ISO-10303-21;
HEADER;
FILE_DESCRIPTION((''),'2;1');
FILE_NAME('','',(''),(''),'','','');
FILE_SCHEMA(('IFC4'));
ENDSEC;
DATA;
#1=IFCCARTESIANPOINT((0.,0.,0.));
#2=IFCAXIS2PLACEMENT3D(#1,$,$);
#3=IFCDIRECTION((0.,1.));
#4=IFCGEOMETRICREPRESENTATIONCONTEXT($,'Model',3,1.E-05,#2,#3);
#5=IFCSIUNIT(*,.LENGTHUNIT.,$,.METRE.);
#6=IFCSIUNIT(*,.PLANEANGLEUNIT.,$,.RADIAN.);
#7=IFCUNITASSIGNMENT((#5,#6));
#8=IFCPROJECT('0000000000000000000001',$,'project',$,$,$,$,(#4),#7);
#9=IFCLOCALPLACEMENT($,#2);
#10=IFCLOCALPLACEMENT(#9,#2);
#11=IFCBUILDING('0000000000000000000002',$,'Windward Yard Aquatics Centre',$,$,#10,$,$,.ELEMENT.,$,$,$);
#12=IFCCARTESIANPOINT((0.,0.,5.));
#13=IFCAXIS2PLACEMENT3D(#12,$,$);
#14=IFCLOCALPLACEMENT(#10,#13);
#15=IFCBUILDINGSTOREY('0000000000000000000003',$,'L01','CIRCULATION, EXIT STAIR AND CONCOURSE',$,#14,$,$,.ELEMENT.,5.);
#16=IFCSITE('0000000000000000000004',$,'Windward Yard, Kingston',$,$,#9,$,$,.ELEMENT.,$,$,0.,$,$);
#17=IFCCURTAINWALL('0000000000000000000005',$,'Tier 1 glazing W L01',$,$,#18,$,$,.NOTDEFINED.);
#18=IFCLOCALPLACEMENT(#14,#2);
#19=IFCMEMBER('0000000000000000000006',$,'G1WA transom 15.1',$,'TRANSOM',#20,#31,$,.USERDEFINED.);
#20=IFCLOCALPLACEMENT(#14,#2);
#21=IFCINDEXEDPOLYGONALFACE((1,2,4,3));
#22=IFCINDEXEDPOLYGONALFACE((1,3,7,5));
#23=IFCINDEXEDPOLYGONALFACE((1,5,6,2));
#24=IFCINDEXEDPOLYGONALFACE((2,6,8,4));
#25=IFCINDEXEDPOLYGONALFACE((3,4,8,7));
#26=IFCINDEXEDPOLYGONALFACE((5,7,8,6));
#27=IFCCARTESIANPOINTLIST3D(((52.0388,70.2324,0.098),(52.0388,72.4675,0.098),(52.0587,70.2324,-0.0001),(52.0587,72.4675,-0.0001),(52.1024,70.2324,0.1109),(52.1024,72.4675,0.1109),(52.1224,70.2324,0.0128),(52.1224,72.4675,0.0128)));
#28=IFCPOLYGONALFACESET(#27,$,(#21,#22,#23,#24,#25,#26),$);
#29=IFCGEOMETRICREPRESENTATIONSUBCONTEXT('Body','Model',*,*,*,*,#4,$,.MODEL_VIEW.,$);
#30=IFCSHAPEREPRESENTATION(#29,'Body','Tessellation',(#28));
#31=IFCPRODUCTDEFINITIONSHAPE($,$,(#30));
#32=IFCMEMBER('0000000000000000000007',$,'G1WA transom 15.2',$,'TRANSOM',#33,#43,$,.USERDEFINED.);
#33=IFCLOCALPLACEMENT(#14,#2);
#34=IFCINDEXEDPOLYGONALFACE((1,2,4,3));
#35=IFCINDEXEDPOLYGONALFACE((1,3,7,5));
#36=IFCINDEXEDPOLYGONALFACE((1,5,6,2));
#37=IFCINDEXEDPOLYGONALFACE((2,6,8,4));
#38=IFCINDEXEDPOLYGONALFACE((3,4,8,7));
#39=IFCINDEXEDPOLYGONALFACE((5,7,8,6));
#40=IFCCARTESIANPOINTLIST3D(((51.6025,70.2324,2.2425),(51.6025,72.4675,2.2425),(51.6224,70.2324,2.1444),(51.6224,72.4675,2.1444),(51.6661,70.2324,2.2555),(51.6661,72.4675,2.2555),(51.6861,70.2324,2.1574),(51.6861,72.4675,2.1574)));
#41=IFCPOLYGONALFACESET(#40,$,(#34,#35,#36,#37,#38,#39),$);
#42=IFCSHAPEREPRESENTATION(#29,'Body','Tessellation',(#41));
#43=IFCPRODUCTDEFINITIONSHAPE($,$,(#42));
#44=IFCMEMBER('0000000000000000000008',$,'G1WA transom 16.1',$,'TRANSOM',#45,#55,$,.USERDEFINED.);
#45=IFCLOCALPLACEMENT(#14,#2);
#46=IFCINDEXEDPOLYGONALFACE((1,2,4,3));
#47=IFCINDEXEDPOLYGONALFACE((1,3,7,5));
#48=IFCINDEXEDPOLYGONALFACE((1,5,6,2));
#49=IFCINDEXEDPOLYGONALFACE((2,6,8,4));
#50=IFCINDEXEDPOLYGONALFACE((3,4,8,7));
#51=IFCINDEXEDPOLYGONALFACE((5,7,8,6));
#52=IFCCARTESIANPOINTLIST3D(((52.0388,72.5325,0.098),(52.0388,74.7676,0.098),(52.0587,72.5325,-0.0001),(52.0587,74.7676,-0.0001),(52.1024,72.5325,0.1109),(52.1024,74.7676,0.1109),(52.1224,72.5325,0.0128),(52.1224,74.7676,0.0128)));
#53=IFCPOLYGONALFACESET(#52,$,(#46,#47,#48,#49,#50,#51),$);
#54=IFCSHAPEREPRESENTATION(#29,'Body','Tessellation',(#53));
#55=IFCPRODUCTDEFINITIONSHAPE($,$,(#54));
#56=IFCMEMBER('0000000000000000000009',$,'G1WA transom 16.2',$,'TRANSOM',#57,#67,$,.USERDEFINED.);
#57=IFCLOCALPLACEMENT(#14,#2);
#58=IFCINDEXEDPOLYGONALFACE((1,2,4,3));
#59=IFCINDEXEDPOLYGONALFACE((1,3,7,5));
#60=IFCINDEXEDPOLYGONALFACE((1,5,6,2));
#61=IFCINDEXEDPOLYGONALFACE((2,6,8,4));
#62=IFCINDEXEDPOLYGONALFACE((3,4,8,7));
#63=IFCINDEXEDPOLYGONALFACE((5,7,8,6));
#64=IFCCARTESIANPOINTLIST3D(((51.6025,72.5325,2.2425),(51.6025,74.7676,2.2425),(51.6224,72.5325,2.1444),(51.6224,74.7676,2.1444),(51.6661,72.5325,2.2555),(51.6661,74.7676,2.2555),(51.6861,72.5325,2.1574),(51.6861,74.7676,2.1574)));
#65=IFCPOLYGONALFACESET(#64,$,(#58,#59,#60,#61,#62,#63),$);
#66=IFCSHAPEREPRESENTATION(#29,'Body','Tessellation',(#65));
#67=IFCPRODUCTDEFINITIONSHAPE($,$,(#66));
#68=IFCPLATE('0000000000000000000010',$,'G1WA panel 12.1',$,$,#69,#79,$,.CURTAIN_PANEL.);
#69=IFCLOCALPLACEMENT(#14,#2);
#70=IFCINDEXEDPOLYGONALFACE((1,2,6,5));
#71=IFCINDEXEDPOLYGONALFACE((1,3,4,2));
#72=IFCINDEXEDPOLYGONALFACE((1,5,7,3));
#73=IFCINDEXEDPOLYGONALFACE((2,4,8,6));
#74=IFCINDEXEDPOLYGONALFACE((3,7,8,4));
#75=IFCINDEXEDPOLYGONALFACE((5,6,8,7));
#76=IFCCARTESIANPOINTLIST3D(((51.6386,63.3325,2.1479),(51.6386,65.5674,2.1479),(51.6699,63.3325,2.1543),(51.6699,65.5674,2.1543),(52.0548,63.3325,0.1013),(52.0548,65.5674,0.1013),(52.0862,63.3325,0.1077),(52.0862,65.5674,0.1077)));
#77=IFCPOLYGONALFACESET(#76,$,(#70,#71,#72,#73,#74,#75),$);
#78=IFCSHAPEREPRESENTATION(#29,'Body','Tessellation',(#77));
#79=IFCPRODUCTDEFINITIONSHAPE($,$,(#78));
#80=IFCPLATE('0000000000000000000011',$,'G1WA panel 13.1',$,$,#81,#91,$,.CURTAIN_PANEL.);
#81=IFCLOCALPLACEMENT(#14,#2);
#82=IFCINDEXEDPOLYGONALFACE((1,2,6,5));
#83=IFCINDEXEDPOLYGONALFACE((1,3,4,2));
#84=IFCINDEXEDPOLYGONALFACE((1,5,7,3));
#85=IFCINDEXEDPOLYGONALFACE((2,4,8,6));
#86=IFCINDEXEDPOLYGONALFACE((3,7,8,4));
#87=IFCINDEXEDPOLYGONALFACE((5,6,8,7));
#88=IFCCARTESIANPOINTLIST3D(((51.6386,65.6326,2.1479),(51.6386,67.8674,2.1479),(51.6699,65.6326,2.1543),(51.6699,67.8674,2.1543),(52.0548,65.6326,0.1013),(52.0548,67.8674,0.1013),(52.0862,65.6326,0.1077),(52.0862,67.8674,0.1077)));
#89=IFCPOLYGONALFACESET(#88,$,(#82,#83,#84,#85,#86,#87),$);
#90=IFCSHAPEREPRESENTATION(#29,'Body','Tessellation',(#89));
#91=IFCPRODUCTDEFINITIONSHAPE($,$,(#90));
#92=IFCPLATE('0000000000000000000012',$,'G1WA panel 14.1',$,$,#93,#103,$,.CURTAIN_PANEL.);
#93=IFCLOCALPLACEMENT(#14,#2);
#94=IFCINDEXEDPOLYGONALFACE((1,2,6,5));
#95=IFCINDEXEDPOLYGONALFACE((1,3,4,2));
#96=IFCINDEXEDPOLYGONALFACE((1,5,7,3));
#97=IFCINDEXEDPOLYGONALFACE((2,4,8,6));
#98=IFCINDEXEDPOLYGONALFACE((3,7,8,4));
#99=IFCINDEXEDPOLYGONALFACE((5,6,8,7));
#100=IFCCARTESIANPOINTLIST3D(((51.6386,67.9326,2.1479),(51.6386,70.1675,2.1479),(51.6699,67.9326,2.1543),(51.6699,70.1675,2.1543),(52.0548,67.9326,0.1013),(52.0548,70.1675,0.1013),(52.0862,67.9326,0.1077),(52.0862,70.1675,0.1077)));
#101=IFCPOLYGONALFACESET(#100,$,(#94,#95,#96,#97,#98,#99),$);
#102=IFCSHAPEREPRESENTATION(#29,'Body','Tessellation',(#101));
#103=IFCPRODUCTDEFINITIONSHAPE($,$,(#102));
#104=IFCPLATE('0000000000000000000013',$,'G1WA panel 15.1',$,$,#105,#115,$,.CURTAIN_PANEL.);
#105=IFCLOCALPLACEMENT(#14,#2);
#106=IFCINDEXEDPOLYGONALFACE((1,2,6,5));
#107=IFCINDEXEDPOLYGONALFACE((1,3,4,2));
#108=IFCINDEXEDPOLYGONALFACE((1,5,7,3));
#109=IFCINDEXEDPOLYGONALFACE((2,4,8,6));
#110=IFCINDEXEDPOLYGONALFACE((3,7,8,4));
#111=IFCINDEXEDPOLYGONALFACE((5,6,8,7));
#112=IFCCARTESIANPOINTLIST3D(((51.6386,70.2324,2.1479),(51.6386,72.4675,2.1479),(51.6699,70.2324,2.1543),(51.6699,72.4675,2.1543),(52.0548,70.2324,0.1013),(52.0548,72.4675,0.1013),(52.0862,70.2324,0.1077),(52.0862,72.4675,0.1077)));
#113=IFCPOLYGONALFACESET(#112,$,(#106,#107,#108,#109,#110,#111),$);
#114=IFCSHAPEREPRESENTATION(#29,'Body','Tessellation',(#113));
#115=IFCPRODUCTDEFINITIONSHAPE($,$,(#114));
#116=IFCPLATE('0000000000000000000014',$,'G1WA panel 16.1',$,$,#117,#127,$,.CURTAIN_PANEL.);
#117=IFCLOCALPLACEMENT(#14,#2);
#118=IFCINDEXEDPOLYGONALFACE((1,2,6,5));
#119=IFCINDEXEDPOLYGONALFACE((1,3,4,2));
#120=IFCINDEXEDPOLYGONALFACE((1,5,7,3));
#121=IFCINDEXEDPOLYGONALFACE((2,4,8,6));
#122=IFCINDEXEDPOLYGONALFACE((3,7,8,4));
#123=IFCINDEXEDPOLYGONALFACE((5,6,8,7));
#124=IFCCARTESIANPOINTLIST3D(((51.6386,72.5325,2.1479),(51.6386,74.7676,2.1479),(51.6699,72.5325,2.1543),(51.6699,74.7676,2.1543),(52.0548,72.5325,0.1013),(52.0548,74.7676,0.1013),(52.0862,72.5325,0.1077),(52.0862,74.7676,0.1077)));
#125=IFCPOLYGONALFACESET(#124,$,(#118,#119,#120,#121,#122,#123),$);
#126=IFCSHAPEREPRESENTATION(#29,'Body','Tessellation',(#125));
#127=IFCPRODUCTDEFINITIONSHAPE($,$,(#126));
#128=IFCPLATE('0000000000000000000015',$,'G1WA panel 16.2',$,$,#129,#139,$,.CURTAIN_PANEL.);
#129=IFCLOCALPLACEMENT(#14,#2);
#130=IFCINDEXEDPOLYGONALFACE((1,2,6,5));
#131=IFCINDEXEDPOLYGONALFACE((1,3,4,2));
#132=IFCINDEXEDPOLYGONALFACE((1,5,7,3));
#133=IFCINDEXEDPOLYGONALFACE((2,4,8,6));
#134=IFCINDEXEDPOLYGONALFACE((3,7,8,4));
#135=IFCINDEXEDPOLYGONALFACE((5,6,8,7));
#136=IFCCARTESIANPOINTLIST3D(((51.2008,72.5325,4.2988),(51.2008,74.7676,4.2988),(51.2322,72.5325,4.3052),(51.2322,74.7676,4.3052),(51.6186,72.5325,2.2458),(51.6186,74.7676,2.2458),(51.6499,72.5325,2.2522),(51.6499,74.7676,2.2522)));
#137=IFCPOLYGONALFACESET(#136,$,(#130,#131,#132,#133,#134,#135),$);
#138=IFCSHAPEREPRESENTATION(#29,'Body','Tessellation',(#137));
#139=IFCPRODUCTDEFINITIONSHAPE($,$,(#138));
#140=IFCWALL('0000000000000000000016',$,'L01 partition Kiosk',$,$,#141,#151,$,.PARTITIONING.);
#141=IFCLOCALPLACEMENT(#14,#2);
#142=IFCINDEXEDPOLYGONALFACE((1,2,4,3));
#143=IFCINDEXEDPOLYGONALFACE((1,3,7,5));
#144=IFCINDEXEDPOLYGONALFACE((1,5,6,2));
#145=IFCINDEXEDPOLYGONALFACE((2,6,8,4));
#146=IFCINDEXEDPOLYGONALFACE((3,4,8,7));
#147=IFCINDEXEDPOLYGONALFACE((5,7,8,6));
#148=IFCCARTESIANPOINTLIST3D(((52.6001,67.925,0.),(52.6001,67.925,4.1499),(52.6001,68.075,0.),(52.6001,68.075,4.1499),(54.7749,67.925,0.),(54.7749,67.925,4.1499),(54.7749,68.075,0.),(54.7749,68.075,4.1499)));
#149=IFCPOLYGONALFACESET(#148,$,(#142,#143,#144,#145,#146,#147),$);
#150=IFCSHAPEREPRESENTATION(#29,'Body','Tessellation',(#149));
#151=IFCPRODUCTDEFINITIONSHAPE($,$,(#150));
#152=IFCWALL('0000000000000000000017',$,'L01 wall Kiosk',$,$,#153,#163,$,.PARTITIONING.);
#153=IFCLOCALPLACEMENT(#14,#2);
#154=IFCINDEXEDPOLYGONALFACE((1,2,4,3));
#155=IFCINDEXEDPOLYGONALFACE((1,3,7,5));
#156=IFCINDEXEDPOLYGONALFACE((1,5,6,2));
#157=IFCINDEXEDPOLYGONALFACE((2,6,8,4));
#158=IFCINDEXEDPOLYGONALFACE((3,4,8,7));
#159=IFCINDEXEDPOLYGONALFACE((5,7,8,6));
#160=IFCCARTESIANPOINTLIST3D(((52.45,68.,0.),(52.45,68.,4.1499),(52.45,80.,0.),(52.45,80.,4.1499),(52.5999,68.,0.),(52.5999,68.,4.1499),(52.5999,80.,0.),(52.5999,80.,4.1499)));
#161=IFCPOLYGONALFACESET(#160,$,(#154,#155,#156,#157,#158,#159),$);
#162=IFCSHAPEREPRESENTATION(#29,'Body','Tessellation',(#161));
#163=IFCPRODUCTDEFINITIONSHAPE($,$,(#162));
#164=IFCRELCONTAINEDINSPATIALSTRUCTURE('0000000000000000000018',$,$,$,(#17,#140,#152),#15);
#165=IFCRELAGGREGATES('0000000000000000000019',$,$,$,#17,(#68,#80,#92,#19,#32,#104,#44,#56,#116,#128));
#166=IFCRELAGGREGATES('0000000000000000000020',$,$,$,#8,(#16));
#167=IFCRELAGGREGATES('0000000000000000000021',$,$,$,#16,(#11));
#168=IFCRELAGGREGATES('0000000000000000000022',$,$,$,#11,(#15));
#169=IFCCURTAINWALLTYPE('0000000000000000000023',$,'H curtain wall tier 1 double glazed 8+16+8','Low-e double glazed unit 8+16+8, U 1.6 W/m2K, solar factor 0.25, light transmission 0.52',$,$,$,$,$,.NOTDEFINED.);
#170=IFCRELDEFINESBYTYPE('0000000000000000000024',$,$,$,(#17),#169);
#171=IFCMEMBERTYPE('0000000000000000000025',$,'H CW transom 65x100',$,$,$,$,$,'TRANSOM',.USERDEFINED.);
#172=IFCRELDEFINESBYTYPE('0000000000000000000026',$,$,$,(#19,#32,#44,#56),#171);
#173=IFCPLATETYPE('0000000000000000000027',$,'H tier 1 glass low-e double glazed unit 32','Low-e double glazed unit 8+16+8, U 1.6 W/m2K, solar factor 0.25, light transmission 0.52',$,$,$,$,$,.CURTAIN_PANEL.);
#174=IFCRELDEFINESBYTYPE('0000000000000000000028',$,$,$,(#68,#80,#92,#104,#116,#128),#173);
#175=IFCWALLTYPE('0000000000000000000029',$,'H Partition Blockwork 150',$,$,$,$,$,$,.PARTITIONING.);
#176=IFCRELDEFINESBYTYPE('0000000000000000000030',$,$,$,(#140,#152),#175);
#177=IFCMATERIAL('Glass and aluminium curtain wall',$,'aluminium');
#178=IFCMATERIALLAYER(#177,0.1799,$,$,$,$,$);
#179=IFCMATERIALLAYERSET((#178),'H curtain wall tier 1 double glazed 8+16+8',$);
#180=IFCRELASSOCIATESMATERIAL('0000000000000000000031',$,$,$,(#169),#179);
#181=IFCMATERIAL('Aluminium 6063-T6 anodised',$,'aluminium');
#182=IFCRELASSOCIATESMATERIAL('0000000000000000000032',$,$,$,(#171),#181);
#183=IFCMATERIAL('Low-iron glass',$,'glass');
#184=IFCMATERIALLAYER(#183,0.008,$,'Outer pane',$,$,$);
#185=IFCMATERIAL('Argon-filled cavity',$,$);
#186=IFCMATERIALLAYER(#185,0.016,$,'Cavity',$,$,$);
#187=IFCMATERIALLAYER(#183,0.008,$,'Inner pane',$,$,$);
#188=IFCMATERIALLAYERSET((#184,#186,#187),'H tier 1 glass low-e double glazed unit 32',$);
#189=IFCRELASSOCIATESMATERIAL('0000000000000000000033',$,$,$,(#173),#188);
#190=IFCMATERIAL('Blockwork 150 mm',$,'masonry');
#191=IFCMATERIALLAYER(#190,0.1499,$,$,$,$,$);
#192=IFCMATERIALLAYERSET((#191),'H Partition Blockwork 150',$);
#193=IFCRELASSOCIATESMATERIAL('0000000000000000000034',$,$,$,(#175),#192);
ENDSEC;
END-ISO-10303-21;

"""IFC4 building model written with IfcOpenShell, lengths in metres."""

from ifc_helpers import new_model, si_unit, direction, frame, frame_2d, origin, origin_2d, place, context, subcontext, project, spatial, polyline, rectangle, outline, extrude, material, layer, layer_set, material_profile, profile_set, type_object, element, aggregate, save


model = new_model("IFC4")

# Units and contexts
model_context = context("Model", 3, precision=1e-05, world=origin(), true_north=direction((0.0, 1.0)))
body_context = subcontext(model_context, "Body", "Model", "MODEL_VIEW")
ifc_project = project(units=[si_unit("LENGTHUNIT", "METRE"), si_unit("PLANEANGLEUNIT", "RADIAN")], contexts=[model_context])

# Site, building, storey
site_placement = place(None, origin())
site = spatial("IfcSite", under=ifc_project, at=site_placement, Name="Windward Yard, Kingston", CompositionType="ELEMENT", RefElevation=0.0)
building_placement = place(site_placement, origin())
building = spatial("IfcBuilding", under=site, at=building_placement, Name="Windward Yard Aquatics Centre", CompositionType="ELEMENT")
storey_placement = place(building_placement, frame((0.0, 0.0, 5.0)))
storey = spatial("IfcBuildingStorey", under=building, at=storey_placement, Name="L01", Description="CIRCULATION, EXIT STAIR AND CONCOURSE", CompositionType="ELEMENT", Elevation=5.0)

# Curtain wall, members, plates
ifc_material_1 = material(Name="Glass and aluminium curtain wall", Category="aluminium")
ifc_layer_1 = layer(ifc_material_1, 0.1799)
ifc_layer_set_1 = layer_set([ifc_layer_1], Name="H curtain wall tier 1 double glazed 8+16+8")
curtain_wall_type = type_object("IfcCurtainWallType", Name="H curtain wall tier 1 double glazed 8+16+8", Description="Low-e double glazed unit 8+16+8, U 1.6 W/m2K, solar factor 0.25, light transmission 0.52", PredefinedType="NOTDEFINED", material=ifc_layer_set_1)
curtain_wall_placement = place(storey_placement, origin())
curtain_wall = element("IfcCurtainWall", 1, at=curtain_wall_placement, inside=storey, type_object=curtain_wall_type, Name="Tier 1 glazing W L01", PredefinedType="NOTDEFINED")
ifc_material_2 = material(Name="Aluminium 6063-T6 anodised", Category="aluminium")
ifc_material_profile_1 = material_profile(ifc_material_2, rectangle(XDim=0.0649, YDim=0.1001, at=origin_2d()), Name="H CW transom 65x100")
ifc_profile_set_1 = profile_set([ifc_material_profile_1], Name="Aluminium 6063-T6 anodised")
member_type_1 = type_object("IfcMemberType", Name="H CW transom 65x100", ElementType="TRANSOM", PredefinedType="USERDEFINED", material=ifc_profile_set_1)
member_1_placement = place(storey_placement, frame((52.0806, 70.2324, 0.0554), z_axis=(0.0, 1.0, 0.0), x_axis=(0.979925, 0.0, 0.199368)))
member_1 = element("IfcMember", 2, at=member_1_placement, type_object=member_type_1, Name="G1WA transom 15.1", ObjectType="TRANSOM", PredefinedType="USERDEFINED", context=body_context, shape_type="SweptSolid", body=[
    extrude(rectangle(XDim=0.0649, YDim=0.1001, at=origin_2d()), origin(), (0.0, 0.0, 1.0), 2.2351),
])
member_2_placement = place(storey_placement, frame((51.6443, 70.2324, 2.2), z_axis=(0.0, 1.0, 0.0), x_axis=(0.979925, 0.0, 0.199368)))
member_2 = element("IfcMember", 3, at=member_2_placement, type_object=member_type_1, Name="G1WA transom 15.2", ObjectType="TRANSOM", PredefinedType="USERDEFINED", context=body_context, shape_type="SweptSolid", body=[
    extrude(rectangle(XDim=0.0649, YDim=0.1001, at=origin_2d()), origin(), (0.0, 0.0, 1.0), 2.2351),
])
member_3_placement = place(storey_placement, frame((52.0806, 72.5325, 0.0554), z_axis=(0.0, 1.0, 0.0), x_axis=(0.979925, 0.0, 0.199368)))
member_3 = element("IfcMember", 4, at=member_3_placement, type_object=member_type_1, Name="G1WA transom 16.1", ObjectType="TRANSOM", PredefinedType="USERDEFINED", context=body_context, shape_type="SweptSolid", body=[
    extrude(rectangle(XDim=0.0649, YDim=0.1001, at=origin_2d()), origin(), (0.0, 0.0, 1.0), 2.2351),
])
member_4_placement = place(storey_placement, frame((51.6443, 72.5325, 2.2), z_axis=(0.0, 1.0, 0.0), x_axis=(0.979925, 0.0, 0.199368)))
member_4 = element("IfcMember", 5, at=member_4_placement, type_object=member_type_1, Name="G1WA transom 16.2", ObjectType="TRANSOM", PredefinedType="USERDEFINED", context=body_context, shape_type="SweptSolid", body=[
    extrude(rectangle(XDim=0.0649, YDim=0.1001, at=origin_2d()), origin(), (0.0, 0.0, 1.0), 2.2351),
])
ifc_material_3 = material(Name="Low-iron glass", Category="glass")
ifc_layer_2 = layer(ifc_material_3, 0.008, Name="Outer pane")
ifc_material_4 = material(Name="Argon-filled cavity")
ifc_layer_3 = layer(ifc_material_4, 0.016, Name="Cavity")
ifc_layer_4 = layer(ifc_material_3, 0.008, Name="Inner pane")
ifc_layer_set_2 = layer_set([ifc_layer_2, ifc_layer_3, ifc_layer_4], Name="H tier 1 glass low-e double glazed unit 32")
plate_type = type_object("IfcPlateType", Name="H tier 1 glass low-e double glazed unit 32", Description="Low-e double glazed unit 8+16+8, U 1.6 W/m2K, solar factor 0.25, light transmission 0.52", PredefinedType="CURTAIN_PANEL", material=ifc_layer_set_2)
plate_1_placement = place(storey_placement, frame((51.6699, 63.3325, 2.1543), z_axis=(0.979937, 0.0, 0.199307), x_axis=(0.199307, 0.0, -0.979937)))
plate_1 = element("IfcPlate", 6, at=plate_1_placement, type_object=plate_type, Name="G1WA panel 12.1", PredefinedType="CURTAIN_PANEL", context=body_context, shape_type="SweptSolid", body=[
    extrude(outline(polyline([(0.0, 0.0), (2.0885, 0.0), (2.0885, 2.2349), (0.0, 2.2349), (0.0, 0.0)])), origin(), (0.0, 0.0, -1.0), 0.032),
])
plate_2_placement = place(storey_placement, frame((51.6699, 65.6326, 2.1543), z_axis=(0.979937, 0.0, 0.199307), x_axis=(0.199307, 0.0, -0.979937)))
plate_2 = element("IfcPlate", 7, at=plate_2_placement, type_object=plate_type, Name="G1WA panel 13.1", PredefinedType="CURTAIN_PANEL", context=body_context, shape_type="SweptSolid", body=[
    extrude(outline(polyline([(0.0, 0.0), (2.0885, 0.0), (2.0885, 2.2349), (0.0, 2.2349), (0.0, 0.0)])), origin(), (0.0, 0.0, -1.0), 0.032),
])
plate_3_placement = place(storey_placement, frame((51.6699, 67.9326, 2.1543), z_axis=(0.979937, 0.0, 0.199307), x_axis=(0.199307, 0.0, -0.979937)))
plate_3 = element("IfcPlate", 8, at=plate_3_placement, type_object=plate_type, Name="G1WA panel 14.1", PredefinedType="CURTAIN_PANEL", context=body_context, shape_type="SweptSolid", body=[
    extrude(outline(polyline([(0.0, 0.0), (2.0885, 0.0), (2.0885, 2.2349), (0.0, 2.2349), (0.0, 0.0)])), origin(), (0.0, 0.0, -1.0), 0.032),
])
plate_4_placement = place(storey_placement, frame((51.6699, 70.2324, 2.1543), z_axis=(0.979937, 0.0, 0.199307), x_axis=(0.199307, 0.0, -0.979937)))
plate_4 = element("IfcPlate", 9, at=plate_4_placement, type_object=plate_type, Name="G1WA panel 15.1", PredefinedType="CURTAIN_PANEL", context=body_context, shape_type="SweptSolid", body=[
    extrude(outline(polyline([(0.0, 0.0), (2.0885, 0.0), (2.0885, 2.2351), (0.0, 2.2351), (0.0, 0.0)])), origin(), (0.0, 0.0, -1.0), 0.032),
])
plate_5_placement = place(storey_placement, frame((51.6699, 72.5325, 2.1543), z_axis=(0.979937, 0.0, 0.199307), x_axis=(0.199307, 0.0, -0.979937)))
plate_5 = element("IfcPlate", 10, at=plate_5_placement, type_object=plate_type, Name="G1WA panel 16.1", PredefinedType="CURTAIN_PANEL", context=body_context, shape_type="SweptSolid", body=[
    extrude(outline(polyline([(0.0, 0.0), (2.0885, 0.0), (2.0885, 2.2351), (0.0, 2.2351), (0.0, 0.0)])), origin(), (0.0, 0.0, -1.0), 0.032),
])
plate_6_placement = place(storey_placement, frame((51.2322, 72.5325, 4.3052), z_axis=(0.979921, 0.0, 0.199387), x_axis=(0.199387, 0.0, -0.979921)))
plate_6 = element("IfcPlate", 11, at=plate_6_placement, type_object=plate_type, Name="G1WA panel 16.2", PredefinedType="CURTAIN_PANEL", context=body_context, shape_type="SweptSolid", body=[
    extrude(outline(polyline([(0.0, 0.0), (2.095, 0.0), (2.095, 2.2351), (0.0, 2.2351), (0.0, 0.0)])), origin(), (0.0, 0.0, -1.0), 0.032),
])
aggregate(curtain_wall, [plate_1, plate_2, plate_3, member_1, member_2, plate_4, member_3, member_4, plate_5, plate_6])

# Walls
ifc_material_5 = material(Name="Blockwork 150 mm", Category="masonry")
ifc_layer_5 = layer(ifc_material_5, 0.1499)
ifc_layer_set_3 = layer_set([ifc_layer_5], Name="H Partition Blockwork 150")
wall_type = type_object("IfcWallType", Name="H Partition Blockwork 150", PredefinedType="PARTITIONING", material=ifc_layer_set_3)
wall_1_placement = place(storey_placement, frame((52.6001, 68.0, 0.0), z_axis=(0.0, 0.0, 1.0), x_axis=(1.0, 0.0, 0.0)))
element("IfcWall", 12, at=wall_1_placement, inside=storey, type_object=wall_type, Name="L01 partition Kiosk", PredefinedType="PARTITIONING", context=body_context, shape_type="SweptSolid", body=[
    extrude(rectangle(XDim=2.1748, YDim=0.1499, at=frame_2d((1.0874, 0.0))), origin(), (0.0, 0.0, 1.0), 4.1499),
])
wall_2_placement = place(storey_placement, frame((52.5249, 68.0, 0.0), z_axis=(0.0, 0.0, 1.0), x_axis=(0.0, 1.0, 0.0)))
element("IfcWall", 13, at=wall_2_placement, inside=storey, type_object=wall_type, Name="L01 wall Kiosk", PredefinedType="PARTITIONING", context=body_context, shape_type="SweptSolid", body=[
    extrude(rectangle(XDim=12.0, YDim=0.1499, at=frame_2d((6.0, 0.0))), origin(), (0.0, 0.0, 1.0), 4.1499),
])

save(model, "model.ifc")
